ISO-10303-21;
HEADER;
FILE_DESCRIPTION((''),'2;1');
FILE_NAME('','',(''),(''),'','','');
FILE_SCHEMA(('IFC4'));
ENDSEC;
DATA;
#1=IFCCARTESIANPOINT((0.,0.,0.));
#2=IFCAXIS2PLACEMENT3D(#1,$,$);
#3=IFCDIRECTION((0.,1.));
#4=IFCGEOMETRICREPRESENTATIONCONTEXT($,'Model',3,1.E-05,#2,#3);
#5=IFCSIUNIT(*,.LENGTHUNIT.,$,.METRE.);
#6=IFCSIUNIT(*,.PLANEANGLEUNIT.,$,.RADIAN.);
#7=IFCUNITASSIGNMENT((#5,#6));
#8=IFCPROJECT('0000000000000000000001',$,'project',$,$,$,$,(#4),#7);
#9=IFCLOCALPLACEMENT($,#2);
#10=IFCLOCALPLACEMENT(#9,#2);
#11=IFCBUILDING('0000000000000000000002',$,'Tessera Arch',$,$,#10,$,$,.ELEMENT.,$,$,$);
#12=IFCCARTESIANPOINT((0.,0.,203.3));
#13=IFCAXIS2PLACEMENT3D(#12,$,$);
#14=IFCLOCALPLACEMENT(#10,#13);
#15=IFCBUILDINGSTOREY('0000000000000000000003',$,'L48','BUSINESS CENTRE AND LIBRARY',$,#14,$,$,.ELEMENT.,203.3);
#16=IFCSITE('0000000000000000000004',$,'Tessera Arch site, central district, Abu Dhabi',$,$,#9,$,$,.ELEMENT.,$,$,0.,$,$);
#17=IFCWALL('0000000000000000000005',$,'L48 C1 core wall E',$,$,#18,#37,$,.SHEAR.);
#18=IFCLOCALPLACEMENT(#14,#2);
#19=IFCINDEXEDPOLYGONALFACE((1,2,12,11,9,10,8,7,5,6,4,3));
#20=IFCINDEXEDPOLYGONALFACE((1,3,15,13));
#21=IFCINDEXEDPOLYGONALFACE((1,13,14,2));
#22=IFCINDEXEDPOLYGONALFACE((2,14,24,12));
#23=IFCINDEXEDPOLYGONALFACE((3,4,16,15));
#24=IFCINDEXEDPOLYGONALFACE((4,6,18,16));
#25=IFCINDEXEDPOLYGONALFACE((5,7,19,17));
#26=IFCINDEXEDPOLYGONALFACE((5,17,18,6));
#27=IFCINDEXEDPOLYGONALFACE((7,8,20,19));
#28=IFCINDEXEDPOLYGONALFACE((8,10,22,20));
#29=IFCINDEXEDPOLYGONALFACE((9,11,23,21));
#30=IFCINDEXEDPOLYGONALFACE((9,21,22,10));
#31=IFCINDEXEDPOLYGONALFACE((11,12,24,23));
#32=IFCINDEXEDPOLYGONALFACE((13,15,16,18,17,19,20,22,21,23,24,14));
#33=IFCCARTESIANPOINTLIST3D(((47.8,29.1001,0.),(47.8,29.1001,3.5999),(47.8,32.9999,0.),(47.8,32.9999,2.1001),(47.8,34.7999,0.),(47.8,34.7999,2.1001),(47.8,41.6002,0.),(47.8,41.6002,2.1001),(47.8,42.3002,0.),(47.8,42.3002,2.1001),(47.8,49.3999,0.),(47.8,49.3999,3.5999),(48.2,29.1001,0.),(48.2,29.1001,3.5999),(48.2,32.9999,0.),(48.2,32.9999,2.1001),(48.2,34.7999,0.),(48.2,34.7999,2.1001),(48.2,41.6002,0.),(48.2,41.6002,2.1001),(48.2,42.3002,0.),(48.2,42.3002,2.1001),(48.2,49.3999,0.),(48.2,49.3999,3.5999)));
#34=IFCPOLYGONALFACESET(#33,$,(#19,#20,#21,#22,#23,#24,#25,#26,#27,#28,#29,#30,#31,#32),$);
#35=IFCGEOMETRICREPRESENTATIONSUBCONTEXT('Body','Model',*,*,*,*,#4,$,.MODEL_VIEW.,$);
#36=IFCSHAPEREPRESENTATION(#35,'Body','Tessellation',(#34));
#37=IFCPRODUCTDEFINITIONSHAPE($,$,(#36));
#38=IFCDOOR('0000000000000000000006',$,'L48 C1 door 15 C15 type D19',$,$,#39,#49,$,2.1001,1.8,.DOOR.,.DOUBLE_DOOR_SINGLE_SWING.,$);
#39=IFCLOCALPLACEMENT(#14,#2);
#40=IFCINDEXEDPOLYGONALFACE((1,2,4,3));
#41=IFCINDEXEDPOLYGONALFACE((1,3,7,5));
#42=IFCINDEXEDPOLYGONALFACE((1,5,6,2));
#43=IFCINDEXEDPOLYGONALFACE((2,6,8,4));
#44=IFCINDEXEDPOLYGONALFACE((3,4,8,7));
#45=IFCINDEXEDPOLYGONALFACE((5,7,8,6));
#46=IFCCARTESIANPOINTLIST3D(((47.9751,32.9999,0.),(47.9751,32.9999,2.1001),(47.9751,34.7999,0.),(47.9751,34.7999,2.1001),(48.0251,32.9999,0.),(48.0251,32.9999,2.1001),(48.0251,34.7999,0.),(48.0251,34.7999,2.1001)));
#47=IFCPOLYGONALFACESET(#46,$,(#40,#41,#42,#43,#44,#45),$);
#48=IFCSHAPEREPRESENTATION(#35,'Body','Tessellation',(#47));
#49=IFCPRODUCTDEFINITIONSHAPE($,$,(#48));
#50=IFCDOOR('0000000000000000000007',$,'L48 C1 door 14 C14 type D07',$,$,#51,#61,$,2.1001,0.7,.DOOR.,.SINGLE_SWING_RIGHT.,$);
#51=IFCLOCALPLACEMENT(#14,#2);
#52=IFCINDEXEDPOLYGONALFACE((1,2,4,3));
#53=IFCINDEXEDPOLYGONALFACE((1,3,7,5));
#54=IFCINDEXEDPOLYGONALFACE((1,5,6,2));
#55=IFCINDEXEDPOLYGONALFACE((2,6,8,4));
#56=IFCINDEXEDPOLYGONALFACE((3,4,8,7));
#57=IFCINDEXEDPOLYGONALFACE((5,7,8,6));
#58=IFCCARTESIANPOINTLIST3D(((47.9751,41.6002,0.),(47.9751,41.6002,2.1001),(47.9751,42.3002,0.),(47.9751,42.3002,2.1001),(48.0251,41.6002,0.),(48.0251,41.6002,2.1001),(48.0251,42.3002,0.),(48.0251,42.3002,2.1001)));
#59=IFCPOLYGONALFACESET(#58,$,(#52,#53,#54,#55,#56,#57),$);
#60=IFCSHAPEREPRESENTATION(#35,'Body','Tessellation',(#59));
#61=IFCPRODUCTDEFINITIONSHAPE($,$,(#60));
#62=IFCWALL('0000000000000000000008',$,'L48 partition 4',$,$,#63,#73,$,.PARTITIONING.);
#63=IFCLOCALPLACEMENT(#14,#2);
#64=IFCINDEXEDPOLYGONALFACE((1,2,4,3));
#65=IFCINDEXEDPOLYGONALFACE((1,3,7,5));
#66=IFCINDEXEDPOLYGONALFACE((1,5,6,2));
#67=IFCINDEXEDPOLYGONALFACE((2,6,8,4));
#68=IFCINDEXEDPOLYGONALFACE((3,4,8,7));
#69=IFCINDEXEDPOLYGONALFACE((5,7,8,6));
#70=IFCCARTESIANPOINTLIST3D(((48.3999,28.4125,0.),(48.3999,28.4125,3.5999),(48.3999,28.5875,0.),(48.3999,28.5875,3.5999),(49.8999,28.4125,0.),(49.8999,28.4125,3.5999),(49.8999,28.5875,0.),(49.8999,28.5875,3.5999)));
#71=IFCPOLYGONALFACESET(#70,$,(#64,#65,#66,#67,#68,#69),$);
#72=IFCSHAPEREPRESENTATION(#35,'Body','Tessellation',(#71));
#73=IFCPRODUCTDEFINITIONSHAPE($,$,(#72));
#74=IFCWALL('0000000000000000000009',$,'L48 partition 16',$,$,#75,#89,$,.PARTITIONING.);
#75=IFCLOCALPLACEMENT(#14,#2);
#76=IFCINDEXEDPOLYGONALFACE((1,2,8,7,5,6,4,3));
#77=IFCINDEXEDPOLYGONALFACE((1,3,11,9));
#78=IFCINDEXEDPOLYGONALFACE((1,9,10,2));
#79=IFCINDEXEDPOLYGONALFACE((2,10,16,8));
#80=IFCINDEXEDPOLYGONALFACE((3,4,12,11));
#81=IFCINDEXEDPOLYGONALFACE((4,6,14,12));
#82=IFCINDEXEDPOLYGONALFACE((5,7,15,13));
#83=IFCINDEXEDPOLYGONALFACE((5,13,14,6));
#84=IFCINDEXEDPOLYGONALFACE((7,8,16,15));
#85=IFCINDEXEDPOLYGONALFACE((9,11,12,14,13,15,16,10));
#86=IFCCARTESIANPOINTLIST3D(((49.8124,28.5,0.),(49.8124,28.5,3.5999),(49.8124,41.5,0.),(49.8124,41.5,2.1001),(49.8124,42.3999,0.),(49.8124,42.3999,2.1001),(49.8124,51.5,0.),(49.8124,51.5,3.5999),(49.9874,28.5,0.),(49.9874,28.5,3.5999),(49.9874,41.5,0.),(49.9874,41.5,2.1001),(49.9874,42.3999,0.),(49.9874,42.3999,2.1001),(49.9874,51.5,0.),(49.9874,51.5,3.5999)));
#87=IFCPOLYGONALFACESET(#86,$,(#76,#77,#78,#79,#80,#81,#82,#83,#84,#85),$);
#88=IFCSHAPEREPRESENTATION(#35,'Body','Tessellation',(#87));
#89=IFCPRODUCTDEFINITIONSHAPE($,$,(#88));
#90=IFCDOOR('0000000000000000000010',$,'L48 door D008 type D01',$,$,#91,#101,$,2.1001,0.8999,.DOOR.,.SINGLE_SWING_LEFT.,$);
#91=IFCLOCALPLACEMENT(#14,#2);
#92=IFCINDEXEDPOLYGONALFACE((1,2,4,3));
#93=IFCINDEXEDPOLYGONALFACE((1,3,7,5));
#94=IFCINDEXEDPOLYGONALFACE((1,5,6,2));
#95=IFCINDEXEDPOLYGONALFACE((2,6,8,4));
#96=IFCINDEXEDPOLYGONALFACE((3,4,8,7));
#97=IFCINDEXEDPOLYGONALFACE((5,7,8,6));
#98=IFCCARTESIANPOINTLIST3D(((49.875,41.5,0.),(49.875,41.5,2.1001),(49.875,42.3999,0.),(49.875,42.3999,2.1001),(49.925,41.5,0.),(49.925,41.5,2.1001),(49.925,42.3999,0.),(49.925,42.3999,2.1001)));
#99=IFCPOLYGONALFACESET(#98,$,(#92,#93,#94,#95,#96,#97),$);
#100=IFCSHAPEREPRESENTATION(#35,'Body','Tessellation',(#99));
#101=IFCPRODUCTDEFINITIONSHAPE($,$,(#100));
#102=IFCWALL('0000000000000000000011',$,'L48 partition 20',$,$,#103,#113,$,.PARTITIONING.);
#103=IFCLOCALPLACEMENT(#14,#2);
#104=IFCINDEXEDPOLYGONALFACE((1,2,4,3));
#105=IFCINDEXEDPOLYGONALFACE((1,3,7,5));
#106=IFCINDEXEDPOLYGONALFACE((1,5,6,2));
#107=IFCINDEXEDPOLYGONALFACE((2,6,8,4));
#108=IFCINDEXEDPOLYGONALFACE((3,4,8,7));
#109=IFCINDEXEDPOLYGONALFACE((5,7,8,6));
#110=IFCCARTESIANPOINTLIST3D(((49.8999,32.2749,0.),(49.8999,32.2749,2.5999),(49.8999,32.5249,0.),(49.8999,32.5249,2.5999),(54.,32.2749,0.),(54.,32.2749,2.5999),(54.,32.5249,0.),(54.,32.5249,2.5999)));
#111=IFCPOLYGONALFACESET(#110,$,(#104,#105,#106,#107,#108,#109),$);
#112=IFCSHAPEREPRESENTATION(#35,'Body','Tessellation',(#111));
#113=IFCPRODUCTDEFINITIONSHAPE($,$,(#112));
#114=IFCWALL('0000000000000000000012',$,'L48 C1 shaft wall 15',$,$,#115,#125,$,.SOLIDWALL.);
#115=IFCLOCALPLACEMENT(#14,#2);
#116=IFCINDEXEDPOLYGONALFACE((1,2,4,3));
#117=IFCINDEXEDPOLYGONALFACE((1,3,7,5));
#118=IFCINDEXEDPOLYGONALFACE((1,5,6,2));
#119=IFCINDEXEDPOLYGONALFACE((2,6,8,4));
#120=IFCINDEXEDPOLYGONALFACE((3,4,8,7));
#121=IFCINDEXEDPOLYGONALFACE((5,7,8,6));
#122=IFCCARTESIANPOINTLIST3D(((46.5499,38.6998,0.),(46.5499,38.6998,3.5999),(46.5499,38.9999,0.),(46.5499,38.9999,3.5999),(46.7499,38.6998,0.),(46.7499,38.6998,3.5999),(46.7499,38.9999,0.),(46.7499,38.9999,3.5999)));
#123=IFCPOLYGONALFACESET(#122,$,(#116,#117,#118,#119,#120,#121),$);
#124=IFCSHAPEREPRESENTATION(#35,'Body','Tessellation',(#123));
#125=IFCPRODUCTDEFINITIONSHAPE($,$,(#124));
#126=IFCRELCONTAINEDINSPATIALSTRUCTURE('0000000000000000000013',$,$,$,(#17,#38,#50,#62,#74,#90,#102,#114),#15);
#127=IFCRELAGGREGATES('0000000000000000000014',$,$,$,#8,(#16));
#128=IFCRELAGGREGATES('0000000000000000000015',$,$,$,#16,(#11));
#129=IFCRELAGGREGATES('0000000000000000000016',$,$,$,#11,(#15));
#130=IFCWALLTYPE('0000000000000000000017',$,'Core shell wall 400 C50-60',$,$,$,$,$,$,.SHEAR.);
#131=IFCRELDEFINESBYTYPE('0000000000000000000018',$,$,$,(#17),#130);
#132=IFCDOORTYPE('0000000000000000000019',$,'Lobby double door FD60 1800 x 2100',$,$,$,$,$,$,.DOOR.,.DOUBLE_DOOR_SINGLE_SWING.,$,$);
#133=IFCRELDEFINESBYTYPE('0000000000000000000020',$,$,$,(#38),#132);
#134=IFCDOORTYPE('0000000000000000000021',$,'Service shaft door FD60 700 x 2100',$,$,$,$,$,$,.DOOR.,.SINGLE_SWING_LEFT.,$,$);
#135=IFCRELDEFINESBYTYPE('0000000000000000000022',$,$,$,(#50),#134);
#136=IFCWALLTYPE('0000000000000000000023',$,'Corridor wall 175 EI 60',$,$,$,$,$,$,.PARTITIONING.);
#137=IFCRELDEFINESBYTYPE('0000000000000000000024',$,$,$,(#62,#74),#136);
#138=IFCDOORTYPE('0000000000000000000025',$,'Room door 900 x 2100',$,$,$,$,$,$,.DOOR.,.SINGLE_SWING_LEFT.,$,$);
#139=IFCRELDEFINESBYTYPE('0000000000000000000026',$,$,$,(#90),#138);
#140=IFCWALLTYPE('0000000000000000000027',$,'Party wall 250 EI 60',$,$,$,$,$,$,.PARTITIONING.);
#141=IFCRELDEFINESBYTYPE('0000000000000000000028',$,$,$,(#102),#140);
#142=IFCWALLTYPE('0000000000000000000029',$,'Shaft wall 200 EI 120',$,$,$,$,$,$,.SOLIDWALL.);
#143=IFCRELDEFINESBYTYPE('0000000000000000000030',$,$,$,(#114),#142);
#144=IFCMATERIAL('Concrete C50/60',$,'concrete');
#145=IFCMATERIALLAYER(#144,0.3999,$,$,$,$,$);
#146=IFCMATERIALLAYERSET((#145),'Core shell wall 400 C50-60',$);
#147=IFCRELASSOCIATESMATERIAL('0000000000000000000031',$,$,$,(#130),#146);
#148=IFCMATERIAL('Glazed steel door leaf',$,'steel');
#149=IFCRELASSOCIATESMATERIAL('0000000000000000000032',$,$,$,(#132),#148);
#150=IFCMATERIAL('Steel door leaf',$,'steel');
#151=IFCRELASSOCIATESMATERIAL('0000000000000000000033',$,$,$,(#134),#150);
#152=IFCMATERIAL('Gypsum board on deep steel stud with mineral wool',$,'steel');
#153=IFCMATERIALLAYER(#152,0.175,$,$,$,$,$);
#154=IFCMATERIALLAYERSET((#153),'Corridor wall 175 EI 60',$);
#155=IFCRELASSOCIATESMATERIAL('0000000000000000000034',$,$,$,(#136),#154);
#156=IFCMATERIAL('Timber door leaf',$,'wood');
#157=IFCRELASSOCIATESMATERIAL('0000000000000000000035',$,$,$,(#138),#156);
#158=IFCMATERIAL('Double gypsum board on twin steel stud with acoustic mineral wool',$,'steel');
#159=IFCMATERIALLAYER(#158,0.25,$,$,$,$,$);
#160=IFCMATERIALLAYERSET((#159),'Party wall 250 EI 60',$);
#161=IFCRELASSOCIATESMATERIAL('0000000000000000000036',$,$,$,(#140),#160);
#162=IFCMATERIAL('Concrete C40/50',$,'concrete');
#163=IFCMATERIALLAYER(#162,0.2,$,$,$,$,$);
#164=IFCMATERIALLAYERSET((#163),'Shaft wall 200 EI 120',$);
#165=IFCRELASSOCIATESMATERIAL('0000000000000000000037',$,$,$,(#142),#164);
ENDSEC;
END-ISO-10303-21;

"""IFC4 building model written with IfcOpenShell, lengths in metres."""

from ifc_helpers import new_model, si_unit, direction, frame, frame_2d, origin, place, context, subcontext, project, spatial, rectangle, extrude, material, layer, layer_set, type_object, element, fill, save


model = new_model("IFC4")

# Units and contexts
model_context = context("Model", 3, precision=1e-05, world=origin(), true_north=direction((0.0, 1.0)))
body_context = subcontext(model_context, "Body", "Model", "MODEL_VIEW")
ifc_project = project(units=[si_unit("LENGTHUNIT", "METRE"), si_unit("PLANEANGLEUNIT", "RADIAN")], contexts=[model_context])

# Site, building, storey
site_placement = place(None, origin())
site = spatial("IfcSite", under=ifc_project, at=site_placement, Name="Tessera Arch site, central district, Abu Dhabi", CompositionType="ELEMENT", RefElevation=0.0)
building_placement = place(site_placement, origin())
building = spatial("IfcBuilding", under=site, at=building_placement, Name="Tessera Arch", CompositionType="ELEMENT")
storey_placement = place(building_placement, frame((0.0, 0.0, 203.3)))
storey = spatial("IfcBuildingStorey", under=building, at=storey_placement, Name="L48", Description="BUSINESS CENTRE AND LIBRARY", CompositionType="ELEMENT", Elevation=203.3)

# Wall, openings, doors
ifc_material_1 = material(Name="Concrete C50/60", Category="concrete")
ifc_layer_1 = layer(ifc_material_1, 0.3999)
ifc_layer_set_1 = layer_set([ifc_layer_1], Name="Core shell wall 400 C50-60")
wall_type_1 = type_object("IfcWallType", Name="Core shell wall 400 C50-60", PredefinedType="SHEAR", material=ifc_layer_set_1)
wall_1_placement = place(storey_placement, frame((48.0, 29.1001, 0.0), z_axis=(0.0, 0.0, 1.0), x_axis=(0.0, 1.0, 0.0)))
wall_1 = element("IfcWall", 1, at=wall_1_placement, inside=storey, type_object=wall_type_1, Name="L48 C1 core wall E", PredefinedType="SHEAR", context=body_context, shape_type="SweptSolid", body=[
    extrude(rectangle(XDim=20.2998, YDim=0.3999, at=frame_2d((10.1499, 0.0))), origin(), (0.0, 0.0, 1.0), 3.5999),
])
opening_1_placement = place(wall_1_placement, frame((12.5, 0.0, 0.0)))
opening_1 = element("IfcOpeningElement", 2, at=opening_1_placement, cuts=wall_1, PredefinedType="OPENING", context=body_context, shape_type="SweptSolid", body=[
    extrude(rectangle(XDim=0.7, YDim=2.1001, at=frame_2d((0.3501, 1.05))), frame((0.0, 0.21, 0.0), z_axis=(0.0, -1.0, 0.0), x_axis=(1.0, 0.0, 0.0)), (0.0, 0.0, 1.0), 0.4199),
])
opening_2_placement = place(wall_1_placement, frame((3.8999, 0.0, 0.0)))
opening_2 = element("IfcOpeningElement", 3, at=opening_2_placement, cuts=wall_1, PredefinedType="OPENING", context=body_context, shape_type="SweptSolid", body=[
    extrude(rectangle(XDim=1.8, YDim=2.1001, at=frame_2d((0.8999, 1.05))), frame((0.0, 0.21, 0.0), z_axis=(0.0, -1.0, 0.0), x_axis=(1.0, 0.0, 0.0)), (0.0, 0.0, 1.0), 0.4199),
])
ifc_material_2 = material(Name="Glazed steel door leaf", Category="steel")
door_type_1 = type_object("IfcDoorType", Name="Lobby double door FD60 1800 x 2100", OperationType="DOUBLE_DOOR_SINGLE_SWING", PredefinedType="DOOR", material=ifc_material_2)
door_1_placement = place(opening_2_placement, origin())
door_1 = element("IfcDoor", 4, at=door_1_placement, inside=storey, type_object=door_type_1, Name="L48 C1 door 15 C15 type D19", OperationType="DOUBLE_DOOR_SINGLE_SWING", OverallHeight=2.1001, OverallWidth=1.8, PredefinedType="DOOR", context=body_context, shape_type="SweptSolid", body=[
    extrude(rectangle(XDim=1.8, YDim=2.1001, at=frame_2d((0.8999, 1.05))), frame((0.0, 0.0249, 0.0), z_axis=(0.0, -1.0, 0.0), x_axis=(1.0, 0.0, 0.0)), (0.0, 0.0, 1.0), 0.05),
])
fill(opening_2, door_1)
ifc_material_3 = material(Name="Steel door leaf", Category="steel")
door_type_2 = type_object("IfcDoorType", Name="Service shaft door FD60 700 x 2100", OperationType="SINGLE_SWING_LEFT", PredefinedType="DOOR", material=ifc_material_3)
door_2_placement = place(opening_1_placement, origin())
door_2 = element("IfcDoor", 5, at=door_2_placement, inside=storey, type_object=door_type_2, Name="L48 C1 door 14 C14 type D07", OperationType="SINGLE_SWING_RIGHT", OverallHeight=2.1001, OverallWidth=0.7, PredefinedType="DOOR", context=body_context, shape_type="SweptSolid", body=[
    extrude(rectangle(XDim=0.7, YDim=2.1001, at=frame_2d((0.3501, 1.05))), frame((0.0, 0.0249, 0.0), z_axis=(0.0, -1.0, 0.0), x_axis=(1.0, 0.0, 0.0)), (0.0, 0.0, 1.0), 0.05),
])
fill(opening_1, door_2)

# Wall
ifc_material_4 = material(Name="Gypsum board on deep steel stud with mineral wool", Category="steel")
ifc_layer_2 = layer(ifc_material_4, 0.175)
ifc_layer_set_2 = layer_set([ifc_layer_2], Name="Corridor wall 175 EI 60")
wall_type_2 = type_object("IfcWallType", Name="Corridor wall 175 EI 60", PredefinedType="PARTITIONING", material=ifc_layer_set_2)
wall_2_placement = place(storey_placement, frame((48.3999, 28.5, 0.0), z_axis=(0.0, 0.0, 1.0), x_axis=(1.0, 0.0, 0.0)))
element("IfcWall", 6, at=wall_2_placement, inside=storey, type_object=wall_type_2, Name="L48 partition 4", PredefinedType="PARTITIONING", context=body_context, shape_type="SweptSolid", body=[
    extrude(rectangle(XDim=1.5, YDim=0.175, at=frame_2d((0.75, 0.0))), origin(), (0.0, 0.0, 1.0), 3.5999),
])

# Wall, opening, door
wall_3_placement = place(storey_placement, frame((49.8999, 28.5, 0.0), z_axis=(0.0, 0.0, 1.0), x_axis=(0.0, 1.0, 0.0)))
wall_3 = element("IfcWall", 7, at=wall_3_placement, inside=storey, type_object=wall_type_2, Name="L48 partition 16", PredefinedType="PARTITIONING", context=body_context, shape_type="SweptSolid", body=[
    extrude(rectangle(XDim=23.0, YDim=0.175, at=frame_2d((11.5, 0.0))), origin(), (0.0, 0.0, 1.0), 3.5999),
])
opening_3_placement = place(wall_3_placement, frame((13.0, 0.0, 0.0)))
opening_3 = element("IfcOpeningElement", 8, at=opening_3_placement, cuts=wall_3, PredefinedType="OPENING", context=body_context, shape_type="SweptSolid", body=[
    extrude(rectangle(XDim=0.8999, YDim=2.1001, at=frame_2d((0.45, 1.05))), frame((0.0, 0.0974, 0.0), z_axis=(0.0, -1.0, 0.0), x_axis=(1.0, 0.0, 0.0)), (0.0, 0.0, 1.0), 0.1951),
])
ifc_material_5 = material(Name="Timber door leaf", Category="wood")
door_type_3 = type_object("IfcDoorType", Name="Room door 900 x 2100", OperationType="SINGLE_SWING_LEFT", PredefinedType="DOOR", material=ifc_material_5)
door_3_placement = place(opening_3_placement, origin())
door_3 = element("IfcDoor", 9, at=door_3_placement, inside=storey, type_object=door_type_3, Name="L48 door D008 type D01", OperationType="SINGLE_SWING_LEFT", OverallHeight=2.1001, OverallWidth=0.8999, PredefinedType="DOOR", context=body_context, shape_type="SweptSolid", body=[
    extrude(rectangle(XDim=0.8999, YDim=2.1001, at=frame_2d((0.45, 1.05))), frame((0.0, 0.0249, 0.0), z_axis=(0.0, -1.0, 0.0), x_axis=(1.0, 0.0, 0.0)), (0.0, 0.0, 1.0), 0.05),
])
fill(opening_3, door_3)

# Walls
ifc_material_6 = material(Name="Double gypsum board on twin steel stud with acoustic mineral wool", Category="steel")
ifc_layer_3 = layer(ifc_material_6, 0.25)
ifc_layer_set_3 = layer_set([ifc_layer_3], Name="Party wall 250 EI 60")
wall_type_3 = type_object("IfcWallType", Name="Party wall 250 EI 60", PredefinedType="PARTITIONING", material=ifc_layer_set_3)
wall_4_placement = place(storey_placement, frame((49.8999, 32.3999, 0.0), z_axis=(0.0, 0.0, 1.0), x_axis=(1.0, 0.0, 0.0)))
element("IfcWall", 10, at=wall_4_placement, inside=storey, type_object=wall_type_3, Name="L48 partition 20", PredefinedType="PARTITIONING", context=body_context, shape_type="SweptSolid", body=[
    extrude(rectangle(XDim=4.1001, YDim=0.25, at=frame_2d((2.05, 0.0))), origin(), (0.0, 0.0, 1.0), 2.5999),
])
ifc_material_7 = material(Name="Concrete C40/50", Category="concrete")
ifc_layer_4 = layer(ifc_material_7, 0.2)
ifc_layer_set_4 = layer_set([ifc_layer_4], Name="Shaft wall 200 EI 120")
wall_type_4 = type_object("IfcWallType", Name="Shaft wall 200 EI 120", PredefinedType="SOLIDWALL", material=ifc_layer_set_4)
wall_5_placement = place(storey_placement, frame((46.6499, 38.7, 0.0), z_axis=(0.0, 0.0, 1.0), x_axis=(0.0, 1.0, 0.0)))
element("IfcWall", 11, at=wall_5_placement, inside=storey, type_object=wall_type_4, Name="L48 C1 shaft wall 15", PredefinedType="SOLIDWALL", context=body_context, shape_type="SweptSolid", body=[
    extrude(rectangle(XDim=0.3, YDim=0.2, at=frame_2d((0.1499, 0.0))), origin(), (0.0, 0.0, 1.0), 3.5999),
])

save(model, "model.ifc")
